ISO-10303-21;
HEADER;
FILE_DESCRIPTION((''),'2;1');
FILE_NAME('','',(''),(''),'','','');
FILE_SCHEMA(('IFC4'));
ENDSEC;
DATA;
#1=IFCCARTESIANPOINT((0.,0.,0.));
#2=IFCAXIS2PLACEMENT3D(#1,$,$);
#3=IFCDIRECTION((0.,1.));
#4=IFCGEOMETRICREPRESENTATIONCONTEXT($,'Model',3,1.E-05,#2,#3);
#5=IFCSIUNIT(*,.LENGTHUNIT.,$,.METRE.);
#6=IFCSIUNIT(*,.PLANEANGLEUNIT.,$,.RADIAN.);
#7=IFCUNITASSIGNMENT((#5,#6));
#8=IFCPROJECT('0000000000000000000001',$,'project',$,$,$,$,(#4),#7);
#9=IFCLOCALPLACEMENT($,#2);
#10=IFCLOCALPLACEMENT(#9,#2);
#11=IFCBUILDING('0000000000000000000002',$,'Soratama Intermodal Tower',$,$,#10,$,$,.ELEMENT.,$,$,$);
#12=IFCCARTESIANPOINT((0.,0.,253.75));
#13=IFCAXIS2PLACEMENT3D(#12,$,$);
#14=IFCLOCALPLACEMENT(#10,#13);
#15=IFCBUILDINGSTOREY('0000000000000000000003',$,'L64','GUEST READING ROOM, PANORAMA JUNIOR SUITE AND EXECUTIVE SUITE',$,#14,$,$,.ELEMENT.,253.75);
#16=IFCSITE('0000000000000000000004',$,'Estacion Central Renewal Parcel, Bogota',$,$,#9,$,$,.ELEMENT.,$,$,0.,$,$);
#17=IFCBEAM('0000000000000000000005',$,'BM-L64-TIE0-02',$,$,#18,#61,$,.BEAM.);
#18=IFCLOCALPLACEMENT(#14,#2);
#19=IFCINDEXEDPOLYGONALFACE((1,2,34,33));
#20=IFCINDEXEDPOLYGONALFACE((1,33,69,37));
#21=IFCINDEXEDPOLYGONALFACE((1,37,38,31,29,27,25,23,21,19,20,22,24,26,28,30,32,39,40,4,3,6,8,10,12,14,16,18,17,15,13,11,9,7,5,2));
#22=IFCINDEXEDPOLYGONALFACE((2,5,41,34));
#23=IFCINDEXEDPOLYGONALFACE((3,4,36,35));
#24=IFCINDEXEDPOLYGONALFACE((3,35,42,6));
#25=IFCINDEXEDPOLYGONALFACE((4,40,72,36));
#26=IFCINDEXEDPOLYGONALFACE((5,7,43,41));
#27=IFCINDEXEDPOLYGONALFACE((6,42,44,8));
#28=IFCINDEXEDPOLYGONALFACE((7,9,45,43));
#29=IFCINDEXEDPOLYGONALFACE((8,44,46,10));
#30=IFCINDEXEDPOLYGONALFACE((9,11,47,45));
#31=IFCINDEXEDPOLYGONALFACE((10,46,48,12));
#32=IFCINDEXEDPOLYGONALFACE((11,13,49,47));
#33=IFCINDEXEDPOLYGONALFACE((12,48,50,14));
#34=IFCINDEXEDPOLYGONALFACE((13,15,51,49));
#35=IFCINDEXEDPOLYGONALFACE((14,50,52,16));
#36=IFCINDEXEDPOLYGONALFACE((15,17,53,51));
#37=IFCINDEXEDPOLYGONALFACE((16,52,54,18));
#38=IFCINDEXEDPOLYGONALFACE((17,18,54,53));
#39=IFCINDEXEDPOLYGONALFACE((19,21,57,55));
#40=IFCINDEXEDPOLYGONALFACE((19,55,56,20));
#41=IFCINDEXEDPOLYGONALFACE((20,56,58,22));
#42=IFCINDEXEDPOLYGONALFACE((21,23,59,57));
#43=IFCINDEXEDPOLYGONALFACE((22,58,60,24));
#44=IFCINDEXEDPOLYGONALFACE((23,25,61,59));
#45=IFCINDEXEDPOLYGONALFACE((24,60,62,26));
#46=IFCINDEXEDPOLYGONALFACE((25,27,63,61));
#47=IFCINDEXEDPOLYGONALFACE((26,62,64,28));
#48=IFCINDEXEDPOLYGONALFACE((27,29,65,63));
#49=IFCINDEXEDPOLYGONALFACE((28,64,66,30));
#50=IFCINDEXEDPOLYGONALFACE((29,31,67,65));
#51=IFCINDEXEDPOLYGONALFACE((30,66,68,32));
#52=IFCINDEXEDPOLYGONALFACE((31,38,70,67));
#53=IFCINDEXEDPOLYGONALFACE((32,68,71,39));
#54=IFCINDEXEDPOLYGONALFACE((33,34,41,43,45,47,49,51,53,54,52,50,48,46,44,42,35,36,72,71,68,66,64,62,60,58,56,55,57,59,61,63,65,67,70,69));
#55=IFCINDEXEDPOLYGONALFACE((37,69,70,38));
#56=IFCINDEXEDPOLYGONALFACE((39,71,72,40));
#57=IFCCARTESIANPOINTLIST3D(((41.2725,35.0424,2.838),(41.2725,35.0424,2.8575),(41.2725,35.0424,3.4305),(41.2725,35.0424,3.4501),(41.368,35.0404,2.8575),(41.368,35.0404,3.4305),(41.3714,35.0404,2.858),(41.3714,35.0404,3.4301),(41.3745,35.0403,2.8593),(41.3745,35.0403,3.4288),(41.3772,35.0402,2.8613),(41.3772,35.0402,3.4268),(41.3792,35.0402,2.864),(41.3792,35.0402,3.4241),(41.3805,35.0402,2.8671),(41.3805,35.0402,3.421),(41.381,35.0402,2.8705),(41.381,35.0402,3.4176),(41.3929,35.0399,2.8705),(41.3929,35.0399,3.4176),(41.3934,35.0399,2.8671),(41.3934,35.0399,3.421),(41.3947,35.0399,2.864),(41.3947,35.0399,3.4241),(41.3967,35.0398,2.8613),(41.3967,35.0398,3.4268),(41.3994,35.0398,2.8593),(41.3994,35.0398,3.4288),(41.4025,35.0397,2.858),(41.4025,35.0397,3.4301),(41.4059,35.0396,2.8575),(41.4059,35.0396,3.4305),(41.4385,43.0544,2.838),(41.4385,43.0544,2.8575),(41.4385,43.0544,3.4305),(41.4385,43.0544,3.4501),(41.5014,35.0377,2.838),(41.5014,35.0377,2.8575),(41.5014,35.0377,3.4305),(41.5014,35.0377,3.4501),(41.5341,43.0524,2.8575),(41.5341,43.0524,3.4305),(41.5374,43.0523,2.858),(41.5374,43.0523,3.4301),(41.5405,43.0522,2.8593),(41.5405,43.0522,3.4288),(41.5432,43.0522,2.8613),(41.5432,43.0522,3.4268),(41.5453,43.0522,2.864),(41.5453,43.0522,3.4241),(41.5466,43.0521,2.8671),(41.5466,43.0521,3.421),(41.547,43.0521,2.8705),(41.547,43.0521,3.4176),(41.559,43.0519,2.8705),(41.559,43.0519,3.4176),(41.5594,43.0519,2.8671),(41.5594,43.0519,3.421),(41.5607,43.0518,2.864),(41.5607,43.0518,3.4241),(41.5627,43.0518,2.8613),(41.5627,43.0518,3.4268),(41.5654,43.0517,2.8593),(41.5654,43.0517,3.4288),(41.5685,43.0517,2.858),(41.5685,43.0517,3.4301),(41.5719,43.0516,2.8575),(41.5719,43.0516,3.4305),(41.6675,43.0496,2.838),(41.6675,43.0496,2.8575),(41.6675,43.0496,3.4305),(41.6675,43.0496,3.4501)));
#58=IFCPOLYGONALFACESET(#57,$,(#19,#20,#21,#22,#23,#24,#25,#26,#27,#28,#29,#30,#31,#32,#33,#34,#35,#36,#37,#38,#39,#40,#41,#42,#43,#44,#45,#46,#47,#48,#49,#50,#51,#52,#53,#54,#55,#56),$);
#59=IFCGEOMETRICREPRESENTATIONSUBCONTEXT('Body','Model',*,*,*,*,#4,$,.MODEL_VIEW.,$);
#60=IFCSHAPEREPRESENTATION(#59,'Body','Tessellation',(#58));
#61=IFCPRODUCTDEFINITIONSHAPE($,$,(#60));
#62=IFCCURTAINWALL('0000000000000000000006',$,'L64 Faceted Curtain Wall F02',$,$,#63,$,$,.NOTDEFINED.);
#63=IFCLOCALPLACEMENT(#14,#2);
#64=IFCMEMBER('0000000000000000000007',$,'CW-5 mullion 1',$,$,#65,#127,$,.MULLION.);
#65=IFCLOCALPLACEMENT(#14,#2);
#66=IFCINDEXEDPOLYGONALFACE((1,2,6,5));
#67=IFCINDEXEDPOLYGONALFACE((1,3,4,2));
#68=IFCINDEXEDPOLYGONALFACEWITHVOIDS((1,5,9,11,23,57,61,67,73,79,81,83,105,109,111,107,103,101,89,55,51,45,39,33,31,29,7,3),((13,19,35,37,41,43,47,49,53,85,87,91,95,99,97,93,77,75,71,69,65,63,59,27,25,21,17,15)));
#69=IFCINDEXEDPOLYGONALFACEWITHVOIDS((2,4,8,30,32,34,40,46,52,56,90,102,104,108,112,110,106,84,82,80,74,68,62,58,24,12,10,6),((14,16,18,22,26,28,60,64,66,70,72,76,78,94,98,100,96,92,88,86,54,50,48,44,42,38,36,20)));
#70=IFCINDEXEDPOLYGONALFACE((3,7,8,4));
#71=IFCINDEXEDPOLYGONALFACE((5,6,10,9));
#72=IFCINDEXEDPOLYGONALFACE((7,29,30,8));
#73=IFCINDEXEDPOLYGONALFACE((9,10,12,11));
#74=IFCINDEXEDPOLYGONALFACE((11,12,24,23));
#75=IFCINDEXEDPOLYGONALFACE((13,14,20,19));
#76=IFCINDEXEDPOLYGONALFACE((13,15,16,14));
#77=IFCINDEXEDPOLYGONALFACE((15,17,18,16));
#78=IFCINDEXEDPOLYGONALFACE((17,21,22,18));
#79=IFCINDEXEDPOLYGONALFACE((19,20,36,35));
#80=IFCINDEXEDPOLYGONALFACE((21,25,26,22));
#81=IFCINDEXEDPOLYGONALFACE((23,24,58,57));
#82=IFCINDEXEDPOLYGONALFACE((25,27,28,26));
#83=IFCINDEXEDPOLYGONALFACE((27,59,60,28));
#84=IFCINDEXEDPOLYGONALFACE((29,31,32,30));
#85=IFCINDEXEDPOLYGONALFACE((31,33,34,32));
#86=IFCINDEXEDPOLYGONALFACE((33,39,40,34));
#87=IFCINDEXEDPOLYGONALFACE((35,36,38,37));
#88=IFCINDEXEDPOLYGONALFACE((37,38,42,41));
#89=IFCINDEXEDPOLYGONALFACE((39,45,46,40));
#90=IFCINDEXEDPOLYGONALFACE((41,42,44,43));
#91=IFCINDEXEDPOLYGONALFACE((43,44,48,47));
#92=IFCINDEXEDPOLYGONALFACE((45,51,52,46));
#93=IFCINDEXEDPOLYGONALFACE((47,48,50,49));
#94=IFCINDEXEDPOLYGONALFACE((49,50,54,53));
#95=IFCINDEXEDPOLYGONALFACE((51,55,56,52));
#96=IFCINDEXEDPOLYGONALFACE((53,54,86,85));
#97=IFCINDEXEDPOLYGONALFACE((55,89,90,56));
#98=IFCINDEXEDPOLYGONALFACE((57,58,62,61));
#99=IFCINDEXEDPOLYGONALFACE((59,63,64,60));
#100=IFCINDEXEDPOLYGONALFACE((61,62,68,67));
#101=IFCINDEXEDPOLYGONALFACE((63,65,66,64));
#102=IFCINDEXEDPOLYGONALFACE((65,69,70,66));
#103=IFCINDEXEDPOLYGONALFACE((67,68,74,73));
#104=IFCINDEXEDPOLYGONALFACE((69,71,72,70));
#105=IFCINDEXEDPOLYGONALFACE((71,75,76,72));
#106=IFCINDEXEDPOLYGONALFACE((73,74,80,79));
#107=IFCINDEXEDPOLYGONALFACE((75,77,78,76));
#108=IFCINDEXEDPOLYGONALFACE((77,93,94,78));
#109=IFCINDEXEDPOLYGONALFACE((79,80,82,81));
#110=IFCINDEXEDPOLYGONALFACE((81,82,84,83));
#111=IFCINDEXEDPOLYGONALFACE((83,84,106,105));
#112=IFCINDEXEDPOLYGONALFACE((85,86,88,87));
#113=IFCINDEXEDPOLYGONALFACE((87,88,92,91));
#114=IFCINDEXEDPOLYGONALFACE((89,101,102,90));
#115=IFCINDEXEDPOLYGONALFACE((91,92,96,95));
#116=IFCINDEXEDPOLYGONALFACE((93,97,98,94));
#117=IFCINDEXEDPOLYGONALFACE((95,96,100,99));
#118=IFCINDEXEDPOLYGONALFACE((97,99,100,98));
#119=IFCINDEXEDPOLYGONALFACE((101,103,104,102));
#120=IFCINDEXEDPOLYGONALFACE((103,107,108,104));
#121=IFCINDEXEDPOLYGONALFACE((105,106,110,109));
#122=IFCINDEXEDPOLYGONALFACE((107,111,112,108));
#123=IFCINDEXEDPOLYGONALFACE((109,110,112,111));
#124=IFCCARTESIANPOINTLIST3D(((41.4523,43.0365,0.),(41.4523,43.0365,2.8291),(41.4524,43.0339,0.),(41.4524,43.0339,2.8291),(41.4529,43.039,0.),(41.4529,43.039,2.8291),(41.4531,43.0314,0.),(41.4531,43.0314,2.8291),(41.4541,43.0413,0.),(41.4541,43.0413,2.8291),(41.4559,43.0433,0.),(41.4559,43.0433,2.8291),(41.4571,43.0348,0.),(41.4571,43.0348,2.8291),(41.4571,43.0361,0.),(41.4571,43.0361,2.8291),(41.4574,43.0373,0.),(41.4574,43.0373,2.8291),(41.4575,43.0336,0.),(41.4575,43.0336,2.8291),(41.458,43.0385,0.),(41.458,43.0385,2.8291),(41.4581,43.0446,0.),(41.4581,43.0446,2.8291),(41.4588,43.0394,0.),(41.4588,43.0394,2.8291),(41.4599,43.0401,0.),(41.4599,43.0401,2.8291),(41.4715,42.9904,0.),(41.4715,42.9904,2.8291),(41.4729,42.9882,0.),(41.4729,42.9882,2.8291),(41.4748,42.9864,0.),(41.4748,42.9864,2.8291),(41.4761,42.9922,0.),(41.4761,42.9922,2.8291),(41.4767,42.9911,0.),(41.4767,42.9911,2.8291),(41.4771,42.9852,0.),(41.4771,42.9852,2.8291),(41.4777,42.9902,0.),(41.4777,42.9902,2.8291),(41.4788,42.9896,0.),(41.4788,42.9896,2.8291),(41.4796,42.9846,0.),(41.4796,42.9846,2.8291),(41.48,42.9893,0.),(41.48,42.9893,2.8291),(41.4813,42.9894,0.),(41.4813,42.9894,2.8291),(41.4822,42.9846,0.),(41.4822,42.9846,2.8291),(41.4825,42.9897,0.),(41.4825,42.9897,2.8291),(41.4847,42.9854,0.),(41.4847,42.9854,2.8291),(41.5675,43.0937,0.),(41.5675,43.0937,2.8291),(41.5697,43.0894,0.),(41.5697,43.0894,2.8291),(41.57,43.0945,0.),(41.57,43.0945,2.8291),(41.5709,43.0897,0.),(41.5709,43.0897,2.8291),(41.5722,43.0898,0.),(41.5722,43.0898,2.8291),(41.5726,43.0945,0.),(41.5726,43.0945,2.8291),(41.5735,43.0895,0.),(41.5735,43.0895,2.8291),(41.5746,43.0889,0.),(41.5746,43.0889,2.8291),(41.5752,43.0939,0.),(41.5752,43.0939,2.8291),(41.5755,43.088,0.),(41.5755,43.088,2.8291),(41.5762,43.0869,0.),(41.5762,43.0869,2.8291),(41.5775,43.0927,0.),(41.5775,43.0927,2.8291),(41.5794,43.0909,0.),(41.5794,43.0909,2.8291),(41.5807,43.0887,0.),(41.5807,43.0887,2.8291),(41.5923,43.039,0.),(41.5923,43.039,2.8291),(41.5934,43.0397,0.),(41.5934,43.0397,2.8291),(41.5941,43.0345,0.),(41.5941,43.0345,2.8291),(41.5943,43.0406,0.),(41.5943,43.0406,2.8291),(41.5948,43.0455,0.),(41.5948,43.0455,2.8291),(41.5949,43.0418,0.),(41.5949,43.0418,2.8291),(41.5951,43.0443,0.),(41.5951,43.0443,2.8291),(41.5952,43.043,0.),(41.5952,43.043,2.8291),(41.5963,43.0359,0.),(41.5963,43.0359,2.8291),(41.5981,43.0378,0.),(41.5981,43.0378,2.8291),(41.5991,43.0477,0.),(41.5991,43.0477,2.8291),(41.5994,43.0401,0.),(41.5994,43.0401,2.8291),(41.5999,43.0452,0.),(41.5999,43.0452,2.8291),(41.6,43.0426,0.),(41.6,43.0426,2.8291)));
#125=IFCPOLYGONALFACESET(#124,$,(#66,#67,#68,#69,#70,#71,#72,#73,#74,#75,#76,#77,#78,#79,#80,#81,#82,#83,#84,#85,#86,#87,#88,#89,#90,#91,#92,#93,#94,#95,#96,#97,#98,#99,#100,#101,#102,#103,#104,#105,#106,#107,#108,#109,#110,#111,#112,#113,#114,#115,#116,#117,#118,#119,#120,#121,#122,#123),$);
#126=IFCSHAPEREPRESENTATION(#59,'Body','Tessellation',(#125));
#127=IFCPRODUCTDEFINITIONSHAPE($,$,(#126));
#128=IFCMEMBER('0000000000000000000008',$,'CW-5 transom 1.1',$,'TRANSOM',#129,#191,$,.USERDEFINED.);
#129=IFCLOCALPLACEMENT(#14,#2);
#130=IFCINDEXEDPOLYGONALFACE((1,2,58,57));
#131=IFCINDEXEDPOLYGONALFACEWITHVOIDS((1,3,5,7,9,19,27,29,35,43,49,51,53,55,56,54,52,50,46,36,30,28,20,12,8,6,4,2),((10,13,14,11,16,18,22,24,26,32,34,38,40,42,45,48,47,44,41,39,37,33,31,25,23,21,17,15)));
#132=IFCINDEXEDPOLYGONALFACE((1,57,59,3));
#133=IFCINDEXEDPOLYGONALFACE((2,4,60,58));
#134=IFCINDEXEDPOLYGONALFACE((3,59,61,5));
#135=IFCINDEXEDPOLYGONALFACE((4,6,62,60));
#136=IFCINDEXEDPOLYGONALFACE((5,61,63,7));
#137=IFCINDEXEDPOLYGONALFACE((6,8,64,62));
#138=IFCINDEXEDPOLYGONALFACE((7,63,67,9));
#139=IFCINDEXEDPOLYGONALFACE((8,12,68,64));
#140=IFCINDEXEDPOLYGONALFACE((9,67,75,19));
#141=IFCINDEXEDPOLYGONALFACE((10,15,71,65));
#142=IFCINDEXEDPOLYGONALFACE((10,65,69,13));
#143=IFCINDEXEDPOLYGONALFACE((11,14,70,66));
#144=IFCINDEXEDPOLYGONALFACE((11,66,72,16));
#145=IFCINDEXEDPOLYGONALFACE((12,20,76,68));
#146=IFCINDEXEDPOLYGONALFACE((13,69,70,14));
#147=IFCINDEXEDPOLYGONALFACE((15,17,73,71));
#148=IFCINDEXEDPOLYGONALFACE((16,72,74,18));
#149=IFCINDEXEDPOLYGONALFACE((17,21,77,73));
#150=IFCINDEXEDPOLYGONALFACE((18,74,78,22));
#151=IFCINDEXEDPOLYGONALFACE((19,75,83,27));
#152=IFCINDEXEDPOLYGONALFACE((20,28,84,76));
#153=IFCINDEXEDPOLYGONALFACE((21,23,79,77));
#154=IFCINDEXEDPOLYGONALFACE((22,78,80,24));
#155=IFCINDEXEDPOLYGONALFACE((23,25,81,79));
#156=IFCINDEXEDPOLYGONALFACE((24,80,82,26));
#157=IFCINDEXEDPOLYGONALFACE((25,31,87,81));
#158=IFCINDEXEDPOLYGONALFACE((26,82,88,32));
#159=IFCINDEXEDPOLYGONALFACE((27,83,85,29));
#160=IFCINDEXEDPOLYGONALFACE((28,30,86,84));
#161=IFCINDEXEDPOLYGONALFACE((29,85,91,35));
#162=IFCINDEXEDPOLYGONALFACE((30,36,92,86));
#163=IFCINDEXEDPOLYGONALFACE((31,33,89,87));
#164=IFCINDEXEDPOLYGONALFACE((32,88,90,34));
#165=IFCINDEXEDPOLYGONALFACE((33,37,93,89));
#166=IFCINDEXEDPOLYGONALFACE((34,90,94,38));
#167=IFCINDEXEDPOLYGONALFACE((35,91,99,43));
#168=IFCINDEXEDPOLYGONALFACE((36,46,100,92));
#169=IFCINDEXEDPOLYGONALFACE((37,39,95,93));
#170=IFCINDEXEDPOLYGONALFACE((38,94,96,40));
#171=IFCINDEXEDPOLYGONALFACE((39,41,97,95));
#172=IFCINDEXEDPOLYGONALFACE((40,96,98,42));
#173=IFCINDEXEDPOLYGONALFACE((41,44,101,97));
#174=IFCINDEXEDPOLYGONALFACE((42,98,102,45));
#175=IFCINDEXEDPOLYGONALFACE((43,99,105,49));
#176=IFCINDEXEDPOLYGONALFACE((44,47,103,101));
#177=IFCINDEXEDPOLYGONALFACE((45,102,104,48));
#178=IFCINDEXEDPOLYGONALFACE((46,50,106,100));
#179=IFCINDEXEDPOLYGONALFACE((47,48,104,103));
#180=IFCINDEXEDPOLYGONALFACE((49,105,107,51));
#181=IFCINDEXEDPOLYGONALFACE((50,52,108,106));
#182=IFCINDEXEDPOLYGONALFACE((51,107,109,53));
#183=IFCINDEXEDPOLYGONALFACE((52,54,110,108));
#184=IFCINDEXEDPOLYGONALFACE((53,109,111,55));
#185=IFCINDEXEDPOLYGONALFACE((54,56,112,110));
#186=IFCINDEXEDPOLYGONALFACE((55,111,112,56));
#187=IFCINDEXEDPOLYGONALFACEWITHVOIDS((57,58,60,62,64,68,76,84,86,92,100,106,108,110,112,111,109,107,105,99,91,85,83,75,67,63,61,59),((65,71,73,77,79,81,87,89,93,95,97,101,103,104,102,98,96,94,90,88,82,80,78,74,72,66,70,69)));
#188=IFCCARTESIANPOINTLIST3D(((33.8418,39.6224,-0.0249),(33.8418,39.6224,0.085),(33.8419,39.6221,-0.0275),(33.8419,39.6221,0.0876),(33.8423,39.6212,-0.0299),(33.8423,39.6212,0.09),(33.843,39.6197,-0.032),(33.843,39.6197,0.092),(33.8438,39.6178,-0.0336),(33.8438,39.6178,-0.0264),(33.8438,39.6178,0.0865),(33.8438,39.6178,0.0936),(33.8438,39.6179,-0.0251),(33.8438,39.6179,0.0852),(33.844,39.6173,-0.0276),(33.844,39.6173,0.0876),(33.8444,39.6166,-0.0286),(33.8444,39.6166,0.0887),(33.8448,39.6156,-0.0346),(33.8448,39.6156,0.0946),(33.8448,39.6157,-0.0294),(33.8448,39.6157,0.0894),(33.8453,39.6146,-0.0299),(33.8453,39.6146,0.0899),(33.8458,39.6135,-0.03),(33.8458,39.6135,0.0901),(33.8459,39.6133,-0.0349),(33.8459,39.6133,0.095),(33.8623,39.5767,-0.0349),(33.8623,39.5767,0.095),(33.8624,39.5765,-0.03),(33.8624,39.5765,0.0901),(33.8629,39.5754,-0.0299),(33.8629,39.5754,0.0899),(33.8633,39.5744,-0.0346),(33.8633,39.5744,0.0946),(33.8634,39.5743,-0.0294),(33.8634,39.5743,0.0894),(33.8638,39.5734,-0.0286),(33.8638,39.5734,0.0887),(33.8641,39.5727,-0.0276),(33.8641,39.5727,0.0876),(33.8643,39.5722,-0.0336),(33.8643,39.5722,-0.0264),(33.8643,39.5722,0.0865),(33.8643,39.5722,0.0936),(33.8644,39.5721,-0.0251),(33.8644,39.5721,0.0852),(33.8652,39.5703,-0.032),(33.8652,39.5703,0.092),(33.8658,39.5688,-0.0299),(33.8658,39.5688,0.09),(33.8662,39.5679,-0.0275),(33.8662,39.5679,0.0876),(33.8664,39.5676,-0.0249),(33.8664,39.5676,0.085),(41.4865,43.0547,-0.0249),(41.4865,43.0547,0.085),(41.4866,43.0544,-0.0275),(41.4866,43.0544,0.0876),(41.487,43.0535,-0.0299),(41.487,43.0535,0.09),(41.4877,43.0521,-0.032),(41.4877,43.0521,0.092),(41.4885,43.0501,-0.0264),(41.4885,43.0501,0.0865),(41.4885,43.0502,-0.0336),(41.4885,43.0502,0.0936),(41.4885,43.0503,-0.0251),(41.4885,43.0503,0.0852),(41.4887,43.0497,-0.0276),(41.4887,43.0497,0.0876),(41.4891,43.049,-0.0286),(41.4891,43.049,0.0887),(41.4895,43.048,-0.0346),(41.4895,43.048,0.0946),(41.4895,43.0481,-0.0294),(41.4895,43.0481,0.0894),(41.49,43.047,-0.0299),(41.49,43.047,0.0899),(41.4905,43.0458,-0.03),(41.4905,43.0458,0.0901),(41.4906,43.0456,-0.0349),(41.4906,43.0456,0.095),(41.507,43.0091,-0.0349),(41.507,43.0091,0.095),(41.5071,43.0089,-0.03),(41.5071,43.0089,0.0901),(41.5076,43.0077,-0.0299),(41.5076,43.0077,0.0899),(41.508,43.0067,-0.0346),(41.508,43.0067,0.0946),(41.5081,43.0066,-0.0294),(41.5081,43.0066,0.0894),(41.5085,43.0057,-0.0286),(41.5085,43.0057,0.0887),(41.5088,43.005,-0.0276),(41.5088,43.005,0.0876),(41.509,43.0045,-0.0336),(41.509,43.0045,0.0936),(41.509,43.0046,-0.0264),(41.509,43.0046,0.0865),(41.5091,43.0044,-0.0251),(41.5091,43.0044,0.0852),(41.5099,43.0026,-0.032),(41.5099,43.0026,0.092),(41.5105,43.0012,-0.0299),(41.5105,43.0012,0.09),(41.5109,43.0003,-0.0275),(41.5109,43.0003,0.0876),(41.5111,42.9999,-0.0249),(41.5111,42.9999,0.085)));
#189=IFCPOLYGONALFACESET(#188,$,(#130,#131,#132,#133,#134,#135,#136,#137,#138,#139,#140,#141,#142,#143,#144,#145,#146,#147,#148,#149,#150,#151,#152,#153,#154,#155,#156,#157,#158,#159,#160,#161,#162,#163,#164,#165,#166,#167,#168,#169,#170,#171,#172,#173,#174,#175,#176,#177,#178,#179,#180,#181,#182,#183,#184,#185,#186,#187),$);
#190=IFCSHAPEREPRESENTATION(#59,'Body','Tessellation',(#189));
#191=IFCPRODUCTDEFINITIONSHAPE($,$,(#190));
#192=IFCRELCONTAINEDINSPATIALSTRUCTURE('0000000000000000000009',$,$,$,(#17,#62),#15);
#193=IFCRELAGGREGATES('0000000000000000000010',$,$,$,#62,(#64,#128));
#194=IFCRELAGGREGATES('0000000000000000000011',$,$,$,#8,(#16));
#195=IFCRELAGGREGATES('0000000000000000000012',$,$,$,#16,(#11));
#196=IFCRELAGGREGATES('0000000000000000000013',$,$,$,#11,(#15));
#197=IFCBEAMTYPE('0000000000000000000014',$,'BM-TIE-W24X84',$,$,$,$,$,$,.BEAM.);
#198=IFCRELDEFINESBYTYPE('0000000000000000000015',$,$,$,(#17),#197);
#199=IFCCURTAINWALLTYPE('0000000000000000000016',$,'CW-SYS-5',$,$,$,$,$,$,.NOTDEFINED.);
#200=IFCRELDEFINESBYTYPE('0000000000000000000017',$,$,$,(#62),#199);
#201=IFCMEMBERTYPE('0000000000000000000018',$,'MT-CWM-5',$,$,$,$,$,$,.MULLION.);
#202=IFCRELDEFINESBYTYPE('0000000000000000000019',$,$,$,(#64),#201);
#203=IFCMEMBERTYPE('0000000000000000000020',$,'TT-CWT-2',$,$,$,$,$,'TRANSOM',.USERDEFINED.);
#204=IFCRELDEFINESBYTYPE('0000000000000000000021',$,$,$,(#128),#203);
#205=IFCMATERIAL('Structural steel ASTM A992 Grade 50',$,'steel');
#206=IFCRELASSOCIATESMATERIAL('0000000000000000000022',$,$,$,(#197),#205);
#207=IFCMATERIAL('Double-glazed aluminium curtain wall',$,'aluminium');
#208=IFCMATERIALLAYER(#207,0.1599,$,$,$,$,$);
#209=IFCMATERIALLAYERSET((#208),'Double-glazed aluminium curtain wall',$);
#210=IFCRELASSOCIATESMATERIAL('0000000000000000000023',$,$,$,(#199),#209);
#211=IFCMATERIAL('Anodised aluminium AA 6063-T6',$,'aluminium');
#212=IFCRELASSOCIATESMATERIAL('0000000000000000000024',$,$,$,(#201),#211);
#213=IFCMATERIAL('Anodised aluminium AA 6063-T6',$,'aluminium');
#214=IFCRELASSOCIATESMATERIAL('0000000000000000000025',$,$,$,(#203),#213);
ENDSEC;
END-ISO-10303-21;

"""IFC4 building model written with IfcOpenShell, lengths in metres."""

from ifc_helpers import new_model, si_unit, direction, frame, origin, origin_2d, place, context, subcontext, project, spatial, hollow_rectangle, i_section, extrude, material, layer, layer_set, material_profile, profile_set, type_object, element, aggregate, save


model = new_model("IFC4")

# Units and contexts
model_context = context("Model", 3, precision=1e-05, world=origin(), true_north=direction((0.0, 1.0)))
body_context = subcontext(model_context, "Body", "Model", "MODEL_VIEW")
ifc_project = project(units=[si_unit("LENGTHUNIT", "METRE"), si_unit("PLANEANGLEUNIT", "RADIAN")], contexts=[model_context])

# Site, building, storey
site_placement = place(None, origin())
site = spatial("IfcSite", under=ifc_project, at=site_placement, Name="Estacion Central Renewal Parcel, Bogota", CompositionType="ELEMENT", RefElevation=0.0)
building_placement = place(site_placement, origin())
building = spatial("IfcBuilding", under=site, at=building_placement, Name="Soratama Intermodal Tower", CompositionType="ELEMENT")
storey_placement = place(building_placement, frame((0.0, 0.0, 253.75)))
storey = spatial("IfcBuildingStorey", under=building, at=storey_placement, Name="L64", Description="GUEST READING ROOM, PANORAMA JUNIOR SUITE AND EXECUTIVE SUITE", CompositionType="ELEMENT", Elevation=253.75)

# Beam
ifc_material_1 = material(Name="Structural steel ASTM A992 Grade 50", Category="steel")
ifc_material_profile_1 = material_profile(ifc_material_1, i_section(OverallWidth=0.229, OverallDepth=0.6121, WebThickness=0.012, FlangeThickness=0.0195, FilletRadius=0.0129, at=origin_2d()), Name="W24X84")
ifc_profile_set_1 = profile_set([ifc_material_profile_1], Name="Structural steel ASTM A992 Grade 50")
beam_type_1 = type_object("IfcBeamType", Name="BM-TIE-W24X84", PredefinedType="BEAM", material=ifc_profile_set_1)
beam_1_placement = place(storey_placement, frame((41.387, 35.04, 3.144), z_axis=(0.020717, 0.999785, 0.0), x_axis=(-0.999785, 0.020717, 0.0)))
element("IfcBeam", 1, at=beam_1_placement, inside=storey, type_object=beam_type_1, Name="BM-L64-TIE0-02", PredefinedType="BEAM", context=body_context, shape_type="SweptSolid", body=[
    extrude(i_section(OverallWidth=0.229, OverallDepth=0.6121, WebThickness=0.012, FlangeThickness=0.0195, FilletRadius=0.0129, at=origin_2d()), origin(), (0.0, 0.0, 1.0), 8.0137),
])

# Curtain wall, members
ifc_material_2 = material(Name="Double-glazed aluminium curtain wall", Category="aluminium")
ifc_layer_1 = layer(ifc_material_2, 0.1599)
ifc_layer_set_1 = layer_set([ifc_layer_1], Name="Double-glazed aluminium curtain wall")
curtain_wall_type = type_object("IfcCurtainWallType", Name="CW-SYS-5", PredefinedType="NOTDEFINED", material=ifc_layer_set_1)
curtain_wall_placement = place(storey_placement, origin())
curtain_wall = element("IfcCurtainWall", 2, at=curtain_wall_placement, inside=storey, type_object=curtain_wall_type, Name="L64 Faceted Curtain Wall F02", PredefinedType="NOTDEFINED")
ifc_material_3 = material(Name="Anodised aluminium AA 6063-T6", Category="aluminium")
ifc_material_profile_2 = material_profile(ifc_material_3, hollow_rectangle(XDim=0.0649, YDim=0.1399, WallThickness=0.0049, InnerFilletRadius=0.0049, OuterFilletRadius=0.01, at=origin_2d()), Name="CWM140X65X5")
ifc_profile_set_2 = profile_set([ifc_material_profile_2], Name="Anodised aluminium AA 6063-T6")
member_type_1 = type_object("IfcMemberType", Name="MT-CWM-5", PredefinedType="MULLION", material=ifc_profile_set_2)
member_1_placement = place(storey_placement, frame((41.5261, 43.0396, 0.0), z_axis=(0.0, 0.0, 1.0), x_axis=(0.409597, -0.912267, 0.0)))
member_1 = element("IfcMember", 3, at=member_1_placement, type_object=member_type_1, Name="CW-5 mullion 1", PredefinedType="MULLION", context=body_context, shape_type="SweptSolid", body=[
    extrude(hollow_rectangle(XDim=0.0649, YDim=0.1399, WallThickness=0.0049, InnerFilletRadius=0.0049, OuterFilletRadius=0.01, at=origin_2d()), origin(), (0.0, 0.0, 1.0), 2.8291),
])
ifc_material_4 = material(Name="Anodised aluminium AA 6063-T6", Category="aluminium")
ifc_material_profile_3 = material_profile(ifc_material_4, hollow_rectangle(XDim=0.0601, YDim=0.1299, WallThickness=0.0049, InnerFilletRadius=0.0049, OuterFilletRadius=0.01, at=origin_2d()), Name="CWT130X60X5")
ifc_profile_set_3 = profile_set([ifc_material_profile_3], Name="Anodised aluminium AA 6063-T6")
member_type_2 = type_object("IfcMemberType", Name="TT-CWT-2", ElementType="TRANSOM", PredefinedType="USERDEFINED", material=ifc_profile_set_3)
member_2_placement = place(storey_placement, frame((41.4988, 43.0273, 0.03), z_axis=(-0.912268, -0.409593, 0.0), x_axis=(0.409593, -0.912268, 0.0)))
member_2 = element("IfcMember", 4, at=member_2_placement, type_object=member_type_2, Name="CW-5 transom 1.1", ObjectType="TRANSOM", PredefinedType="USERDEFINED", context=body_context, shape_type="SweptSolid", body=[
    extrude(hollow_rectangle(XDim=0.0601, YDim=0.1299, WallThickness=0.0049, InnerFilletRadius=0.0049, OuterFilletRadius=0.01, at=origin_2d()), origin(), (0.0, 0.0, 1.0), 8.3799),
])
aggregate(curtain_wall, [member_1, member_2])

save(model, "model.ifc")
